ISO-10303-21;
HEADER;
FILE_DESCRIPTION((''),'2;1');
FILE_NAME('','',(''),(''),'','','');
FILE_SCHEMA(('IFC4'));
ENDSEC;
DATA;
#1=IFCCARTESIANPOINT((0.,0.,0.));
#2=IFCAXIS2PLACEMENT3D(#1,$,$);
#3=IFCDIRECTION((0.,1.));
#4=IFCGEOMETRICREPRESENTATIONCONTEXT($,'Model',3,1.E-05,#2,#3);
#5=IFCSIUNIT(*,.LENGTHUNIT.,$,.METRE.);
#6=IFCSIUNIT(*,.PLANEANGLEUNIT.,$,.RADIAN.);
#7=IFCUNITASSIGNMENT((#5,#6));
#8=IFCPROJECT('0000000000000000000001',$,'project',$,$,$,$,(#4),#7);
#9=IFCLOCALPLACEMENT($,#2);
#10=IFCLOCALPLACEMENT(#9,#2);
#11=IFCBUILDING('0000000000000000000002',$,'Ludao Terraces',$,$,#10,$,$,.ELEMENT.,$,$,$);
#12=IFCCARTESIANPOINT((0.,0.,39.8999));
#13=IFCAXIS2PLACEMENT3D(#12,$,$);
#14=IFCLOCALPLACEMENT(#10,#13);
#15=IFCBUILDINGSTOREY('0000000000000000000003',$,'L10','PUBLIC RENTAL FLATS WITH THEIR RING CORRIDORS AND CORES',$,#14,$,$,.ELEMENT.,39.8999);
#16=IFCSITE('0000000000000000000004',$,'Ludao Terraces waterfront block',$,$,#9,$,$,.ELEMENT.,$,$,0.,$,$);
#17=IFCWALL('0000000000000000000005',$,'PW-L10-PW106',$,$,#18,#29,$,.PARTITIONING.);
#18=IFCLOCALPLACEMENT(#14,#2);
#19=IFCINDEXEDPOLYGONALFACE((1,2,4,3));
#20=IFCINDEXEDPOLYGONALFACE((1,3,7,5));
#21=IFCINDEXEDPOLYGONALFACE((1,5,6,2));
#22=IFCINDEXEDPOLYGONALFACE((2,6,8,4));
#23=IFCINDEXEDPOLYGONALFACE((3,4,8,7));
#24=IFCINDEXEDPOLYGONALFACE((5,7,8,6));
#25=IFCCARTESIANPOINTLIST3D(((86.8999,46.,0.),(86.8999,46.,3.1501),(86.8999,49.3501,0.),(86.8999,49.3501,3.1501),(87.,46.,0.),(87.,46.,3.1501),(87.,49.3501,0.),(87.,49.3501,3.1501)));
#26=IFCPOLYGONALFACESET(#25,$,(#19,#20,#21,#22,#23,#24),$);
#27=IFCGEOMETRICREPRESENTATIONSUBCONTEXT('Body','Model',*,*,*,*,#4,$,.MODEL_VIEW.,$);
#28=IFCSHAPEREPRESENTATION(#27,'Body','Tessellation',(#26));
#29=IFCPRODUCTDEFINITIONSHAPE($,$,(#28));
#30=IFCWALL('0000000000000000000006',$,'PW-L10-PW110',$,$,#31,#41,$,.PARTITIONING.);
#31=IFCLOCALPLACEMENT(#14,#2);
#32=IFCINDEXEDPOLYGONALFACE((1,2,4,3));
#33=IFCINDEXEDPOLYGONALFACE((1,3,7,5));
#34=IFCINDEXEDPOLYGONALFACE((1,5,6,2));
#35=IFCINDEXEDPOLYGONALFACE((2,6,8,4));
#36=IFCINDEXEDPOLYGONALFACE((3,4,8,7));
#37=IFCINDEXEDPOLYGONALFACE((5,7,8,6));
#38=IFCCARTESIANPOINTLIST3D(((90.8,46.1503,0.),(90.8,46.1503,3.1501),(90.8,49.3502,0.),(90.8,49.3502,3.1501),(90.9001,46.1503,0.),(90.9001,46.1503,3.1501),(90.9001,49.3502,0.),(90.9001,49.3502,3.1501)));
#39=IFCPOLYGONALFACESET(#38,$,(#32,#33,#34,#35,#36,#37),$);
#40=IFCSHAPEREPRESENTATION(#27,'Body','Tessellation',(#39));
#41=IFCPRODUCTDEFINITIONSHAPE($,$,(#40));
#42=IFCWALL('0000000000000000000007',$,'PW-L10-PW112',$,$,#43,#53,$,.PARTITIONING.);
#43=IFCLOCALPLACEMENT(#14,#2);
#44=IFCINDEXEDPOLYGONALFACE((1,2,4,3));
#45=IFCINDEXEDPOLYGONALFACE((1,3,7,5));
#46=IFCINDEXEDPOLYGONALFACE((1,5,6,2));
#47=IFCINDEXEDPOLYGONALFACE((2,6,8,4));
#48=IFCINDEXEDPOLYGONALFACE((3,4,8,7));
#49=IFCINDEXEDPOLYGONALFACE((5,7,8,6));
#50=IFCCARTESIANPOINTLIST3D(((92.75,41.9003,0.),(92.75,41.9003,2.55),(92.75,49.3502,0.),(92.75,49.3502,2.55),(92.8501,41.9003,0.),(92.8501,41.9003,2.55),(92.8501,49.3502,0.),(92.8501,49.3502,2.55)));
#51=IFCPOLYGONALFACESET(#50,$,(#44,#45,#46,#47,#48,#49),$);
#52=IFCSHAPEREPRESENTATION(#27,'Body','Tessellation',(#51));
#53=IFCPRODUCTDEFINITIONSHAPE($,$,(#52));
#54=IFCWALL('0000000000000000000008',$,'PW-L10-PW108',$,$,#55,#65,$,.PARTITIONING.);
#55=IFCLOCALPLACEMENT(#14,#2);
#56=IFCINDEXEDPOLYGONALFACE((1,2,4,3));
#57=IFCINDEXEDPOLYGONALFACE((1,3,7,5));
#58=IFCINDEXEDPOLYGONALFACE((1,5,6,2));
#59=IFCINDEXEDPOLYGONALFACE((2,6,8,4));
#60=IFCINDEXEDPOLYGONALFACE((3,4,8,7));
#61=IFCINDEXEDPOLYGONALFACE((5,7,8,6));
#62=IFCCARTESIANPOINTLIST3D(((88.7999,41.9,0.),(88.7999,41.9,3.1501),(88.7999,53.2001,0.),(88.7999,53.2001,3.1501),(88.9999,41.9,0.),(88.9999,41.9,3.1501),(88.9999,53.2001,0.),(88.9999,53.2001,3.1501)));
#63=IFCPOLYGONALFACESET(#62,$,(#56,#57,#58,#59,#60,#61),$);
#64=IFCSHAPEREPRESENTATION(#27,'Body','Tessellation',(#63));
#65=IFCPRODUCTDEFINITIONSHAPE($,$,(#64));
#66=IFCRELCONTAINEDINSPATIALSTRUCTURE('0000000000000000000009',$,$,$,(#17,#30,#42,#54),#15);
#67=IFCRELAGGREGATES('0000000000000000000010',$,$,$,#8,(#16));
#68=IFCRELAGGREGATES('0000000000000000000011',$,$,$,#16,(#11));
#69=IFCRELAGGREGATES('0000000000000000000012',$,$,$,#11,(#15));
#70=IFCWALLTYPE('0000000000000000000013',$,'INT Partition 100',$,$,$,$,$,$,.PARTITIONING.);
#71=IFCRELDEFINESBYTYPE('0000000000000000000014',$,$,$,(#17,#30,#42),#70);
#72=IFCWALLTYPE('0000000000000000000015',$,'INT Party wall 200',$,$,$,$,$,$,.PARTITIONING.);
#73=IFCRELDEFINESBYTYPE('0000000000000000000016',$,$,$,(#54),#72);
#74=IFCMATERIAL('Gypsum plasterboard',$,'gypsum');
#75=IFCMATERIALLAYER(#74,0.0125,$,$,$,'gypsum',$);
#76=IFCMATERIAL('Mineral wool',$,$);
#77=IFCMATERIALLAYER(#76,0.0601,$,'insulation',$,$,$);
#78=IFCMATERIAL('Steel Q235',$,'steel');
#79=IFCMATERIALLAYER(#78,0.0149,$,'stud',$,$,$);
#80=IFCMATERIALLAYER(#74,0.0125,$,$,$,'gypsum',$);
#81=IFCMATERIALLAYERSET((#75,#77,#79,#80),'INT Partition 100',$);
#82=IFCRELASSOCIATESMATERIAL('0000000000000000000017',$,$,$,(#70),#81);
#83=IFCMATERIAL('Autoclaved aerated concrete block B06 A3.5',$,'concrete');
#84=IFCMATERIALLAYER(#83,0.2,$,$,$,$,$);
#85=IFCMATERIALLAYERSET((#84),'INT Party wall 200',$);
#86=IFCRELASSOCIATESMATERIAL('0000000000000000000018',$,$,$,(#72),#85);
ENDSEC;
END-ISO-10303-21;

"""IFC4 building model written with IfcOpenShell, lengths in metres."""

from ifc_helpers import new_model, si_unit, direction, frame, frame_2d, origin, place, context, subcontext, project, spatial, rectangle, extrude, material, layer, layer_set, type_object, element, save


model = new_model("IFC4")

# Units and contexts
model_context = context("Model", 3, precision=1e-05, world=origin(), true_north=direction((0.0, 1.0)))
body_context = subcontext(model_context, "Body", "Model", "MODEL_VIEW")
ifc_project = project(units=[si_unit("LENGTHUNIT", "METRE"), si_unit("PLANEANGLEUNIT", "RADIAN")], contexts=[model_context])

# Site, building, storey
site_placement = place(None, origin())
site = spatial("IfcSite", under=ifc_project, at=site_placement, Name="Ludao Terraces waterfront block", CompositionType="ELEMENT", RefElevation=0.0)
building_placement = place(site_placement, origin())
building = spatial("IfcBuilding", under=site, at=building_placement, Name="Ludao Terraces", CompositionType="ELEMENT")
storey_placement = place(building_placement, frame((0.0, 0.0, 39.8999)))
storey = spatial("IfcBuildingStorey", under=building, at=storey_placement, Name="L10", Description="PUBLIC RENTAL FLATS WITH THEIR RING CORRIDORS AND CORES", CompositionType="ELEMENT", Elevation=39.8999)

# Shared definitions
ifc_material_1 = material(Name="Mineral wool")

# Shared definitions
ifc_material_2 = material(Name="Gypsum plasterboard", Category="gypsum")
ifc_layer_1 = layer(ifc_material_2, 0.0125, Category="gypsum")
ifc_layer_2 = layer(ifc_material_1, 0.0601, Name="insulation")
ifc_material_3 = material(Name="Steel Q235", Category="steel")
ifc_layer_3 = layer(ifc_material_3, 0.0149, Name="stud")
ifc_layer_4 = layer(ifc_material_2, 0.0125, Category="gypsum")
ifc_layer_set_1 = layer_set([ifc_layer_1, ifc_layer_2, ifc_layer_3, ifc_layer_4], Name="INT Partition 100")
wall_type_1 = type_object("IfcWallType", Name="INT Partition 100", PredefinedType="PARTITIONING", material=ifc_layer_set_1)

# Walls
wall_1_placement = place(storey_placement, frame((86.95, 46.0, 0.0), z_axis=(0.0, 0.0, 1.0), x_axis=(0.0, 1.0, 0.0)))
element("IfcWall", 1, at=wall_1_placement, inside=storey, type_object=wall_type_1, Name="PW-L10-PW106", PredefinedType="PARTITIONING", context=body_context, shape_type="SweptSolid", body=[
    extrude(rectangle(XDim=3.3501, YDim=0.1001, at=frame_2d((1.675, 0.0))), origin(), (0.0, 0.0, 1.0), 3.1501),
])
wall_2_placement = place(storey_placement, frame((90.8501, 46.1501, 0.0), z_axis=(0.0, 0.0, 1.0), x_axis=(0.0, 1.0, 0.0)))
element("IfcWall", 2, at=wall_2_placement, inside=storey, type_object=wall_type_1, Name="PW-L10-PW110", PredefinedType="PARTITIONING", context=body_context, shape_type="SweptSolid", body=[
    extrude(rectangle(XDim=3.2, YDim=0.1001, at=frame_2d((1.6001, 0.0))), origin(), (0.0, 0.0, 1.0), 3.1501),
])
wall_3_placement = place(storey_placement, frame((92.8, 41.9001, 0.0), z_axis=(0.0, 0.0, 1.0), x_axis=(0.0, 1.0, 0.0)))
element("IfcWall", 3, at=wall_3_placement, inside=storey, type_object=wall_type_1, Name="PW-L10-PW112", PredefinedType="PARTITIONING", context=body_context, shape_type="SweptSolid", body=[
    extrude(rectangle(XDim=7.45, YDim=0.1001, at=frame_2d((3.7251, 0.0))), origin(), (0.0, 0.0, 1.0), 2.55),
])
ifc_material_4 = material(Name="Autoclaved aerated concrete block B06 A3.5", Category="concrete")
ifc_layer_5 = layer(ifc_material_4, 0.2)
ifc_layer_set_2 = layer_set([ifc_layer_5], Name="INT Party wall 200")
wall_type_2 = type_object("IfcWallType", Name="INT Party wall 200", PredefinedType="PARTITIONING", material=ifc_layer_set_2)
wall_4_placement = place(storey_placement, frame((88.8999, 41.9001, 0.0), z_axis=(0.0, 0.0, 1.0), x_axis=(0.0, 1.0, 0.0)))
element("IfcWall", 4, at=wall_4_placement, inside=storey, type_object=wall_type_2, Name="PW-L10-PW108", PredefinedType="PARTITIONING", context=body_context, shape_type="SweptSolid", body=[
    extrude(rectangle(XDim=11.3, YDim=0.2, at=frame_2d((5.6499, 0.0))), origin(), (0.0, 0.0, 1.0), 3.1501),
])

save(model, "model.ifc")
